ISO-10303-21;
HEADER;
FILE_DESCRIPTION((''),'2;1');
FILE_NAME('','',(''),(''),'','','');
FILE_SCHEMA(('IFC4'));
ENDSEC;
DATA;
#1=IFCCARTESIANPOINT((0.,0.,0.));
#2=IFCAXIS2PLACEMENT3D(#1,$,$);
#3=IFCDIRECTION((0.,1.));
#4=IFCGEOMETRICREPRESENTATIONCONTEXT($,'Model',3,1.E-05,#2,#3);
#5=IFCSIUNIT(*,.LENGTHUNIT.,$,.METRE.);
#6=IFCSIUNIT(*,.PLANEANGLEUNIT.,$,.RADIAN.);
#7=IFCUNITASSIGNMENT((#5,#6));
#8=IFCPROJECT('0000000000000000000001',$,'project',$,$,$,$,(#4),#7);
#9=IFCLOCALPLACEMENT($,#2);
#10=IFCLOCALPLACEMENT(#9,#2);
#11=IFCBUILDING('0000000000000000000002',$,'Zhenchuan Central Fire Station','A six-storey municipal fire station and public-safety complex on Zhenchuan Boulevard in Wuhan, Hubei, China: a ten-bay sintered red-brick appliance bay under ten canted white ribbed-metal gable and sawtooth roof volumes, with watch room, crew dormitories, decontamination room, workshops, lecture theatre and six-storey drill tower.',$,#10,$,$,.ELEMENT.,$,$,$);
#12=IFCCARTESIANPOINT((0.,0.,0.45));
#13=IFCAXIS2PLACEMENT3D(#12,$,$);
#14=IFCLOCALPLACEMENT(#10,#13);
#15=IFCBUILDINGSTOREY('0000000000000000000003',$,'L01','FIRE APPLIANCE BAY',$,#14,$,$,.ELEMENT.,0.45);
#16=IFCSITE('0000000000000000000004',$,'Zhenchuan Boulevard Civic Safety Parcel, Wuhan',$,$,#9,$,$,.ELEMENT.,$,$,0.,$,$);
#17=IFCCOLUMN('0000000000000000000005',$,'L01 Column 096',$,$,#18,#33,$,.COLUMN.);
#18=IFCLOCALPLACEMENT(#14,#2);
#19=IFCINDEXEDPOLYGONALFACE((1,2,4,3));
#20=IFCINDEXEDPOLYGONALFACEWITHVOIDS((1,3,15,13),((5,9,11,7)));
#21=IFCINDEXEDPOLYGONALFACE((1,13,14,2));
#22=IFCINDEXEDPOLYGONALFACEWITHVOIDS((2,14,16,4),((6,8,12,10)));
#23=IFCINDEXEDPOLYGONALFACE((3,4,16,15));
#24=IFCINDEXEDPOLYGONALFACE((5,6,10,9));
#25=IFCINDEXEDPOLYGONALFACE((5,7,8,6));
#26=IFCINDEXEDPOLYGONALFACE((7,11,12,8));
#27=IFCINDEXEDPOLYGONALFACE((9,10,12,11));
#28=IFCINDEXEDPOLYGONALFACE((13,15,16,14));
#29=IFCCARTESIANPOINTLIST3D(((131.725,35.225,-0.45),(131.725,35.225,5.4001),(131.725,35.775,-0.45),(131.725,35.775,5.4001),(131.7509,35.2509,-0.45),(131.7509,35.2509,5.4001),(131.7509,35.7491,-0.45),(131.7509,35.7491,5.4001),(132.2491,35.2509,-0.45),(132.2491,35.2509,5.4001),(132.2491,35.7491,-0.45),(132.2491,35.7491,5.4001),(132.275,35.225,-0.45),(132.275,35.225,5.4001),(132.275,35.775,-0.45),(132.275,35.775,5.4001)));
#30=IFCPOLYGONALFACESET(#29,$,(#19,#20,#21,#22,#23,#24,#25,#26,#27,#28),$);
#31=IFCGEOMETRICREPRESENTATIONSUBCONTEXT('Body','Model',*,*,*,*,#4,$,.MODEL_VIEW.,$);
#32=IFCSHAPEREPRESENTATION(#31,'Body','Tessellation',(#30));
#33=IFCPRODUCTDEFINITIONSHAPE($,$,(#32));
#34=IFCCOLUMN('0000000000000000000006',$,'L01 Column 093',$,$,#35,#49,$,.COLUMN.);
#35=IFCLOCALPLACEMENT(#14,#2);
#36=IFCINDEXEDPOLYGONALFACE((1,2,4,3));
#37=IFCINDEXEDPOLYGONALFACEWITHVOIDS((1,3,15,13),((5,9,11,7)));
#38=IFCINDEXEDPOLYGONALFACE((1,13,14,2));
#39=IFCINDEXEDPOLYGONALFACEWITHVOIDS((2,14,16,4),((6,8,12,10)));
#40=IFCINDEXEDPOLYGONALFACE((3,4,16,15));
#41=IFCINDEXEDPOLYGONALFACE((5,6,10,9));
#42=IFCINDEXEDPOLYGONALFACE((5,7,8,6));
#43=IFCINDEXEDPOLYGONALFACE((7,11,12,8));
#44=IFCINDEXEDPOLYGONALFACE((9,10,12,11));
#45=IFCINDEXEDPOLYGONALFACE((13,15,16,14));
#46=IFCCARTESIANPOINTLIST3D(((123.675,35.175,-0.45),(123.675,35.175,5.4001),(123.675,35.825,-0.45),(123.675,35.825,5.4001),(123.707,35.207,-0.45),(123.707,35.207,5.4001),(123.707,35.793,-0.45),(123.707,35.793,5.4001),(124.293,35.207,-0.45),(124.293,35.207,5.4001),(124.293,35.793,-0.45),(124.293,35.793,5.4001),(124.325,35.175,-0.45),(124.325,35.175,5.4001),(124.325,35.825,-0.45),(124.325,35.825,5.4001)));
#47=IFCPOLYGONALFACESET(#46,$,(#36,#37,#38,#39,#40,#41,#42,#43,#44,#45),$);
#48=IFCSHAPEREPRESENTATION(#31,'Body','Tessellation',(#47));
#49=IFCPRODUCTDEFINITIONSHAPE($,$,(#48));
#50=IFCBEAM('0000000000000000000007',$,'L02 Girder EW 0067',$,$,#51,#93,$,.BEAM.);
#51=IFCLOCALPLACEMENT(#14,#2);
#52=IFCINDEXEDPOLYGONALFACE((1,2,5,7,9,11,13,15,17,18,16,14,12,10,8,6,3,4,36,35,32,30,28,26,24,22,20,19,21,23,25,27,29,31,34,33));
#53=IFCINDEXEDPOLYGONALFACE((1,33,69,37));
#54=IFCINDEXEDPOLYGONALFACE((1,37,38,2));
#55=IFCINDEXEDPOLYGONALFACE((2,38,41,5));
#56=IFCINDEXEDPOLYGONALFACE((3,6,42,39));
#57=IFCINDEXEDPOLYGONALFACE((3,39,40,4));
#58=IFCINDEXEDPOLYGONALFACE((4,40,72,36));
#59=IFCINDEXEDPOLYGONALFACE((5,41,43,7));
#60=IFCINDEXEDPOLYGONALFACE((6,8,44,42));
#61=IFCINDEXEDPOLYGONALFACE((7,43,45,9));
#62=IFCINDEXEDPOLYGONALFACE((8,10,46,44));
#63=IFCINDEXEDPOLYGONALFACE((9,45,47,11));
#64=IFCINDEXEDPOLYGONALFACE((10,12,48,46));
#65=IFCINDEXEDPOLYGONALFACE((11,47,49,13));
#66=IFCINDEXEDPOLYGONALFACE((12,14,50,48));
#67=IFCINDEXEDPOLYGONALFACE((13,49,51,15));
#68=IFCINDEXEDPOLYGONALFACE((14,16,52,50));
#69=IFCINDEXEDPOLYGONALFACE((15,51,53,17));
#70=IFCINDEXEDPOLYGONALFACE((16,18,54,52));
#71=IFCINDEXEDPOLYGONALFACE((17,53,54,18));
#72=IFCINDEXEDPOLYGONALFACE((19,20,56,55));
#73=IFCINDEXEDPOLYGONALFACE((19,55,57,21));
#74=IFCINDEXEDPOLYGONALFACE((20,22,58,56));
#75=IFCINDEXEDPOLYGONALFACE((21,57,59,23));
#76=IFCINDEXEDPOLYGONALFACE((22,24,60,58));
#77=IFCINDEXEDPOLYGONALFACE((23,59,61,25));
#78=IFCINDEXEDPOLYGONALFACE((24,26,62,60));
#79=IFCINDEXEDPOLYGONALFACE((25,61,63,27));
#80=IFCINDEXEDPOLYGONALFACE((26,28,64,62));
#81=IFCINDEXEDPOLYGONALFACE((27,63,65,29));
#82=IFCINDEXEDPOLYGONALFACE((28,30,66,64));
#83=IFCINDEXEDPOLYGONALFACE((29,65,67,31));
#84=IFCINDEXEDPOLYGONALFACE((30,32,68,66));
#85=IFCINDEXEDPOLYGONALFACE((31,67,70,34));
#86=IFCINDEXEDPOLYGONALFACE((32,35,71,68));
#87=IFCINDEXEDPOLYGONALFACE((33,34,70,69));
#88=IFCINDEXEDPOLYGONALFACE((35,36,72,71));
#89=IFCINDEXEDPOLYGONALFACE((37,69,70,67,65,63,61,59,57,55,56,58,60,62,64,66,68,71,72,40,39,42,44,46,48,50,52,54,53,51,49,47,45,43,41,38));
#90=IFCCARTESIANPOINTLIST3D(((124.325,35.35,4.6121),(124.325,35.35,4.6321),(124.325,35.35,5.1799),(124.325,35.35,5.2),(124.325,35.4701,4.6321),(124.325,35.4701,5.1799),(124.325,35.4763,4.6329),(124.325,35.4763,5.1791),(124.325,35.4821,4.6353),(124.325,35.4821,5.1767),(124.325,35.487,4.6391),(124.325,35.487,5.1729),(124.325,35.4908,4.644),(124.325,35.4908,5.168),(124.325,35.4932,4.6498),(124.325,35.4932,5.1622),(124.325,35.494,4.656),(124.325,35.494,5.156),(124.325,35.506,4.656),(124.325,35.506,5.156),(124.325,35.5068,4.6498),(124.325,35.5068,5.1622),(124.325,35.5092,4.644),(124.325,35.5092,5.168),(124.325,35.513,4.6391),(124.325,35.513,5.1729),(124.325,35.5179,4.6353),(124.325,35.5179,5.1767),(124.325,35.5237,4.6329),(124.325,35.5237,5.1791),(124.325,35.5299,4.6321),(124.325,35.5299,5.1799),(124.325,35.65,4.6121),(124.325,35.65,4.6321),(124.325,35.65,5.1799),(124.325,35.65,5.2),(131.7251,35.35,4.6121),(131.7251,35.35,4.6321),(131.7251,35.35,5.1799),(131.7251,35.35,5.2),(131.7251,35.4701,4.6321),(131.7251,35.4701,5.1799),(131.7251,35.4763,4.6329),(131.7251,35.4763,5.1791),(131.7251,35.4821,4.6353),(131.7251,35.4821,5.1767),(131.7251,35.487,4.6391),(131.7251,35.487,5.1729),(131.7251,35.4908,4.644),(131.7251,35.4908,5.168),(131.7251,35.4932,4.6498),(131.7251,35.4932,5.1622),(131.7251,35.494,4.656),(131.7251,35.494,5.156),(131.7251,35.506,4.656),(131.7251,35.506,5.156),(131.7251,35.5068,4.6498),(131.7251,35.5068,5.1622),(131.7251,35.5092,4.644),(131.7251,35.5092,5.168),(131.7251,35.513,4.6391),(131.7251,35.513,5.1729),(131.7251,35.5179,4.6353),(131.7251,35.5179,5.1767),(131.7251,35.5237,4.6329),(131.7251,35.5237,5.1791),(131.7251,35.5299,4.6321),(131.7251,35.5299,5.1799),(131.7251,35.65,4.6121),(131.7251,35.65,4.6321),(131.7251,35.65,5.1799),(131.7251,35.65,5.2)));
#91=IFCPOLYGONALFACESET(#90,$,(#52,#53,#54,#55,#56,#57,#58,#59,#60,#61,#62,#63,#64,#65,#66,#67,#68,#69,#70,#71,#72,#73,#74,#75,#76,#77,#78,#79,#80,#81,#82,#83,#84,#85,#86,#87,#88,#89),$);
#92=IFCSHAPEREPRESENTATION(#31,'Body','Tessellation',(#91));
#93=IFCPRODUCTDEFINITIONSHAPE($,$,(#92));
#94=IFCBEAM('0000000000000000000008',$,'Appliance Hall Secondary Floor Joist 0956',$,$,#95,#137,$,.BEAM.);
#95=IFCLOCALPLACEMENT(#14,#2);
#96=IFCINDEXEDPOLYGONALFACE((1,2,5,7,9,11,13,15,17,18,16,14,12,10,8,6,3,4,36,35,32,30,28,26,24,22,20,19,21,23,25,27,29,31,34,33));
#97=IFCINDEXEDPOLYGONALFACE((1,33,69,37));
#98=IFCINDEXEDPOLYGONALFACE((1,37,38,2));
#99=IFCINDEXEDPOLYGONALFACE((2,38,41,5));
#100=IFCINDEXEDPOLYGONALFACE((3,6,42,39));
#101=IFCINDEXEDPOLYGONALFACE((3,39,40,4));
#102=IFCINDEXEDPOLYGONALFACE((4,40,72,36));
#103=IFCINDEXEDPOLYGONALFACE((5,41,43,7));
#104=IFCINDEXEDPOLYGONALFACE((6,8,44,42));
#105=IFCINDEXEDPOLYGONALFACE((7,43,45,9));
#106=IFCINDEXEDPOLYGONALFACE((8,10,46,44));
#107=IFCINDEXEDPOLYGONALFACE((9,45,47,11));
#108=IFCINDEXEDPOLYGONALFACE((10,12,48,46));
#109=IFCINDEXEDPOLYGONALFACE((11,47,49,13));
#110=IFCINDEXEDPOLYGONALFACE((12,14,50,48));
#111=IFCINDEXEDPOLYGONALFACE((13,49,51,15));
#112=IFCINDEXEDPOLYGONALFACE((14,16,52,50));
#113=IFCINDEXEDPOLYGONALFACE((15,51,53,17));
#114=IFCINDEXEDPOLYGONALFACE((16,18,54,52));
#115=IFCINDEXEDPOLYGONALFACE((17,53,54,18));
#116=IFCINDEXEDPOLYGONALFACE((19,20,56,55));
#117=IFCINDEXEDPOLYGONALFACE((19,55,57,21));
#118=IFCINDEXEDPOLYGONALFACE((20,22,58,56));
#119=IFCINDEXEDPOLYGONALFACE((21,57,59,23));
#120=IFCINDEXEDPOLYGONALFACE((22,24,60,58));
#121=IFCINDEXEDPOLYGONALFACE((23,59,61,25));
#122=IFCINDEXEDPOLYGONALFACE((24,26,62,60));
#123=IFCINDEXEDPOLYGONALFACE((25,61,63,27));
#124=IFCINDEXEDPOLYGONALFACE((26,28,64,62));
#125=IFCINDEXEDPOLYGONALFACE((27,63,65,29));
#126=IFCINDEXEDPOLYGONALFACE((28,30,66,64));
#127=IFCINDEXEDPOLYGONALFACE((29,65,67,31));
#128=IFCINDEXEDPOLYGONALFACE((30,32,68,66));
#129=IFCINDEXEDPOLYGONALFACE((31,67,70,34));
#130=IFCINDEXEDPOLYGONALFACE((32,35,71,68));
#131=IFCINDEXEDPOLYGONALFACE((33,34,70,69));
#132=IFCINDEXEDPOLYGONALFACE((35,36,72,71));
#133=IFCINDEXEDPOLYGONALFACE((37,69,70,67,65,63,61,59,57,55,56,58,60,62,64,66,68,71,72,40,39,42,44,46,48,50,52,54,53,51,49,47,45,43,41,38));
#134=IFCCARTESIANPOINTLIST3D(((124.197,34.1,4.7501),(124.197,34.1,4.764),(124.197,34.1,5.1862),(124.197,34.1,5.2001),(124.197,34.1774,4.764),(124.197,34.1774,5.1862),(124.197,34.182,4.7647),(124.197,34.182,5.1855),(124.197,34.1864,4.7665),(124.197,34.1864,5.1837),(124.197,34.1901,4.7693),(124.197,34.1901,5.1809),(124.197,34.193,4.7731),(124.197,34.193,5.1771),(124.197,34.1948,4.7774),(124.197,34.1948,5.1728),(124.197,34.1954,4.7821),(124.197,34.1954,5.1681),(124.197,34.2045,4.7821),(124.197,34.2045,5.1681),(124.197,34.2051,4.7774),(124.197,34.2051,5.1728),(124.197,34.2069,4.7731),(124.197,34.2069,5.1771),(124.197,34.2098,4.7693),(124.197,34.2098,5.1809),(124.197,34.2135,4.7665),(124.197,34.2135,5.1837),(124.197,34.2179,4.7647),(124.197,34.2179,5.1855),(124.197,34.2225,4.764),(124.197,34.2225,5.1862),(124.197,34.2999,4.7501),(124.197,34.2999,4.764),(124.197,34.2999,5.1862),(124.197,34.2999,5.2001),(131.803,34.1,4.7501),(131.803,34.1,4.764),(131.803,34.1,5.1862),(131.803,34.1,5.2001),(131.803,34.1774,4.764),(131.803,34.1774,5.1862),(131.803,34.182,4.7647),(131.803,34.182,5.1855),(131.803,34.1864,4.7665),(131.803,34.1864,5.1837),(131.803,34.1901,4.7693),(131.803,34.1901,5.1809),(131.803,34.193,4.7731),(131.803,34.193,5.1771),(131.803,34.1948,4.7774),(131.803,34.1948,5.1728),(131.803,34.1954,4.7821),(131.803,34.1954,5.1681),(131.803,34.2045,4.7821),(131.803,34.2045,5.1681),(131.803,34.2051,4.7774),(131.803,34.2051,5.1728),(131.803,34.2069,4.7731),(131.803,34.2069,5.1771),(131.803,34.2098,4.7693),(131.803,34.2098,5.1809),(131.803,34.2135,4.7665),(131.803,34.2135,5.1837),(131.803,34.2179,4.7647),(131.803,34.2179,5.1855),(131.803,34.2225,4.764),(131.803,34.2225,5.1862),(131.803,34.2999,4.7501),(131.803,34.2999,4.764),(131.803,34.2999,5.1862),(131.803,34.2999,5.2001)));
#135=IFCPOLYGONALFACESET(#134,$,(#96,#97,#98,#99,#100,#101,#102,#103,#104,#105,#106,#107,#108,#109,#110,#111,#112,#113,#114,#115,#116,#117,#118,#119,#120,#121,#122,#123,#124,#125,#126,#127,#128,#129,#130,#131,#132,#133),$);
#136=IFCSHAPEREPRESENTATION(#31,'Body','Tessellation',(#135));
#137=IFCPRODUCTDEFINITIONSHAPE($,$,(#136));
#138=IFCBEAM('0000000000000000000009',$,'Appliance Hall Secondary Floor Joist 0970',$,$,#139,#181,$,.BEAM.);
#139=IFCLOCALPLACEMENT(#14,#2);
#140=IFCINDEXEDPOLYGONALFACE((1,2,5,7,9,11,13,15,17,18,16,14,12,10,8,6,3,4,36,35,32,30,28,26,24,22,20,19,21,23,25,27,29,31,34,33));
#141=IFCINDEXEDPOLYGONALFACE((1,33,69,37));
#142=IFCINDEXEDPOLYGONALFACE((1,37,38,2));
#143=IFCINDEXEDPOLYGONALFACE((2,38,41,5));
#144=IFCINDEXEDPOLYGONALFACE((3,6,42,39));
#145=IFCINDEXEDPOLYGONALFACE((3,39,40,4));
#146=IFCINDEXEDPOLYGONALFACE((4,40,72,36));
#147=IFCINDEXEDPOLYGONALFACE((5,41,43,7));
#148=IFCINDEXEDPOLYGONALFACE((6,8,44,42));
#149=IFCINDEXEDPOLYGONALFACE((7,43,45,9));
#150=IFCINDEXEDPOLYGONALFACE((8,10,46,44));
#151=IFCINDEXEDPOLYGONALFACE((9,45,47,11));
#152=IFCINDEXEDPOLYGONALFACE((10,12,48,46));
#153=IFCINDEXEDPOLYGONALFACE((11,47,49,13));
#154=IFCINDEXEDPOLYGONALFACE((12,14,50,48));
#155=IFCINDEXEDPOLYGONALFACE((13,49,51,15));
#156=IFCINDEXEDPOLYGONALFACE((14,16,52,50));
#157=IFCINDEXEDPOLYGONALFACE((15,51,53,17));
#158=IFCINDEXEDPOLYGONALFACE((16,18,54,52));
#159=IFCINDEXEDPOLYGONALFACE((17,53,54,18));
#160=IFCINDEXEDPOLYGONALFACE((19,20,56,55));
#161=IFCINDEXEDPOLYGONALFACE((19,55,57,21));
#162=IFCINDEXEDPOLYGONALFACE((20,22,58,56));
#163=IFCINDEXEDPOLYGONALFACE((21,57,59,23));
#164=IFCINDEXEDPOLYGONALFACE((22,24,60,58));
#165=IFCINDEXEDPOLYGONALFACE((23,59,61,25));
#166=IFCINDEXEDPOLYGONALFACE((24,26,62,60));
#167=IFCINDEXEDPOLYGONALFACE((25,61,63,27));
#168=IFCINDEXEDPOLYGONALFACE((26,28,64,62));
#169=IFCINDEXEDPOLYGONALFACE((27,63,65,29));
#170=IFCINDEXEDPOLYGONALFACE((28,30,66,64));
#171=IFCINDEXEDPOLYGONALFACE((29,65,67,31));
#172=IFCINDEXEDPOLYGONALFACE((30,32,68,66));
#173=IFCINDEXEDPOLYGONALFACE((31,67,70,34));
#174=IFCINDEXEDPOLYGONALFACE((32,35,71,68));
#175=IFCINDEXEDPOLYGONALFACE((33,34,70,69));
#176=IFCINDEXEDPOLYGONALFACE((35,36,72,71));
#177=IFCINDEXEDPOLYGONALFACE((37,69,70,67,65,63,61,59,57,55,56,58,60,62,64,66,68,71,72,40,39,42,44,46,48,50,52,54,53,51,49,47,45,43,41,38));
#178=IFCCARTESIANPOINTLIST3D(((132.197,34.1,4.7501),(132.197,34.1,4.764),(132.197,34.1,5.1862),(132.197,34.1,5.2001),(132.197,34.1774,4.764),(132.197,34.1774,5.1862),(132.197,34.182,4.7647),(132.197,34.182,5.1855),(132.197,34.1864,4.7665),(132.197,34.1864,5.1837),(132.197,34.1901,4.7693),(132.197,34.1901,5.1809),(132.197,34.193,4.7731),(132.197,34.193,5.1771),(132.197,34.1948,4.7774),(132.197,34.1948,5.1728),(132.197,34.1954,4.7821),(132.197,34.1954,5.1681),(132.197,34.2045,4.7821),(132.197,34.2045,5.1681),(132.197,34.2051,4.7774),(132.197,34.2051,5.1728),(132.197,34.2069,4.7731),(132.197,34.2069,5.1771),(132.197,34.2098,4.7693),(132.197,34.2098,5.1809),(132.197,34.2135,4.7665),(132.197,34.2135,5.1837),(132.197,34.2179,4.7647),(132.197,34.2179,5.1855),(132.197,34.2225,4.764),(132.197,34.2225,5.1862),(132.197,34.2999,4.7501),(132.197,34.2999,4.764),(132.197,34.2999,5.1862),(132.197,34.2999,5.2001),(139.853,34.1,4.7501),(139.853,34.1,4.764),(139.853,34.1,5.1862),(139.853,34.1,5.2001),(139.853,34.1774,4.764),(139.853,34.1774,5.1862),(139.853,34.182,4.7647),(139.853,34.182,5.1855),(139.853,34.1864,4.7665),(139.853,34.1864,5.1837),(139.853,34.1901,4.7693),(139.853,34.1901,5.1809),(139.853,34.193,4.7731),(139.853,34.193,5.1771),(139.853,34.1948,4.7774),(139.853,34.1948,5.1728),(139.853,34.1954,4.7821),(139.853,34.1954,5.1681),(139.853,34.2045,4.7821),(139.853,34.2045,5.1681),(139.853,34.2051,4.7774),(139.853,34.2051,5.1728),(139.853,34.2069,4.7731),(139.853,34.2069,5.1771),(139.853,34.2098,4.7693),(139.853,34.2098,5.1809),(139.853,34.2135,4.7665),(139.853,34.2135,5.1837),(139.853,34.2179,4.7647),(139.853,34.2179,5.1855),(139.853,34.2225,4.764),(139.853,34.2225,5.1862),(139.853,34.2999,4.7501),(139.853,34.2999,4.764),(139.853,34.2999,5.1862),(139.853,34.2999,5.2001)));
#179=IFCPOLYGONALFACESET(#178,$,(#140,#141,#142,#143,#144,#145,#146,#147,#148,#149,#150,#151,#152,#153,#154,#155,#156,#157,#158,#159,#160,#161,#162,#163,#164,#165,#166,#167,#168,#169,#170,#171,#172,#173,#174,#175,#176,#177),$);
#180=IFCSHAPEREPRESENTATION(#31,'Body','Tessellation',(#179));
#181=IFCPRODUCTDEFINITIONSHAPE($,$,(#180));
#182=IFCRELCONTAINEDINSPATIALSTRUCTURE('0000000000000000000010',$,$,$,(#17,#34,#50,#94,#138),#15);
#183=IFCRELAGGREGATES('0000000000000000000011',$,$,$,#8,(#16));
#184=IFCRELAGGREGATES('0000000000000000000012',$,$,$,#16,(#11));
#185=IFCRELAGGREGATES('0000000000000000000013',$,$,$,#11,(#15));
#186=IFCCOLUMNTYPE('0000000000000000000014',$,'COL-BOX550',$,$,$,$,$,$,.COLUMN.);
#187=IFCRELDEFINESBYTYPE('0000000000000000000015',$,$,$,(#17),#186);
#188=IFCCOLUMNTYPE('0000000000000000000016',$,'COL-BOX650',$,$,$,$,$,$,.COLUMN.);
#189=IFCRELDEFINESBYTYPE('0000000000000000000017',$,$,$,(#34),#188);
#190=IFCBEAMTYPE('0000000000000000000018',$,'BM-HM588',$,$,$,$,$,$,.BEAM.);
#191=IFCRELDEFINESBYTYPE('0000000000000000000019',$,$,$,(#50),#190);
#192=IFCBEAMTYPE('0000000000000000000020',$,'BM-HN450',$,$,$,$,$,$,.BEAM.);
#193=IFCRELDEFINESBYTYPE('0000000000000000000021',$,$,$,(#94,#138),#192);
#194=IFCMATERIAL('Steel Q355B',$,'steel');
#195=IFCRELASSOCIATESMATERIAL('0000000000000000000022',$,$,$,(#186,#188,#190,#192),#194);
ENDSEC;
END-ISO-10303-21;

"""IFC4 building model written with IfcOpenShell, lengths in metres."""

from ifc_helpers import new_model, si_unit, direction, frame, origin, origin_2d, place, context, subcontext, project, spatial, hollow_rectangle, i_section, extrude, material, material_profile, profile_set, type_object, element, save


model = new_model("IFC4")

# Units and contexts
model_context = context("Model", 3, precision=1e-05, world=origin(), true_north=direction((0.0, 1.0)))
body_context = subcontext(model_context, "Body", "Model", "MODEL_VIEW")
ifc_project = project(units=[si_unit("LENGTHUNIT", "METRE"), si_unit("PLANEANGLEUNIT", "RADIAN")], contexts=[model_context])

# Site, building, storey
site_placement = place(None, origin())
site = spatial("IfcSite", under=ifc_project, at=site_placement, Name="Zhenchuan Boulevard Civic Safety Parcel, Wuhan", CompositionType="ELEMENT", RefElevation=0.0)
building_placement = place(site_placement, origin())
building = spatial("IfcBuilding", under=site, at=building_placement, Name="Zhenchuan Central Fire Station", Description="A six-storey municipal fire station and public-safety complex on Zhenchuan Boulevard in Wuhan, Hubei, China: a ten-bay sintered red-brick appliance bay under ten canted white ribbed-metal gable and sawtooth roof volumes, with watch room, crew dormitories, decontamination room, workshops, lecture theatre and six-storey drill tower.", CompositionType="ELEMENT")
storey_placement = place(building_placement, frame((0.0, 0.0, 0.45)))
storey = spatial("IfcBuildingStorey", under=building, at=storey_placement, Name="L01", Description="FIRE APPLIANCE BAY", CompositionType="ELEMENT", Elevation=0.45)

# Columns
ifc_material_1 = material(Name="Steel Q355B", Category="steel")
ifc_material_profile_1 = material_profile(ifc_material_1, hollow_rectangle(XDim=0.55, YDim=0.55, WallThickness=0.0259, at=origin_2d()), Name="BOX 550x550x26")
ifc_profile_set_1 = profile_set([ifc_material_profile_1], Name="Steel Q355B")
column_type_1 = type_object("IfcColumnType", Name="COL-BOX550", PredefinedType="COLUMN", material=ifc_profile_set_1)
column_1_placement = place(storey_placement, frame((132.0, 35.5, -0.45), z_axis=(0.0, 0.0, 1.0), x_axis=(1.0, 0.0, 0.0)))
element("IfcColumn", 1, at=column_1_placement, inside=storey, type_object=column_type_1, Name="L01 Column 096", PredefinedType="COLUMN", context=body_context, shape_type="SweptSolid", body=[
    extrude(hollow_rectangle(XDim=0.55, YDim=0.55, WallThickness=0.0259, at=origin_2d()), origin(), (0.0, 0.0, 1.0), 5.8501),
])
ifc_material_profile_2 = material_profile(ifc_material_1, hollow_rectangle(XDim=0.6499, YDim=0.6499, WallThickness=0.032, at=origin_2d()), Name="BOX 650x650x32")
ifc_profile_set_2 = profile_set([ifc_material_profile_2], Name="Steel Q355B")
column_type_2 = type_object("IfcColumnType", Name="COL-BOX650", PredefinedType="COLUMN", material=ifc_profile_set_2)
column_2_placement = place(storey_placement, frame((124.0, 35.5, -0.45), z_axis=(0.0, 0.0, 1.0), x_axis=(1.0, 0.0, 0.0)))
element("IfcColumn", 2, at=column_2_placement, inside=storey, type_object=column_type_2, Name="L01 Column 093", PredefinedType="COLUMN", context=body_context, shape_type="SweptSolid", body=[
    extrude(hollow_rectangle(XDim=0.6499, YDim=0.6499, WallThickness=0.032, at=origin_2d()), origin(), (0.0, 0.0, 1.0), 5.8501),
])

# Beams
ifc_material_profile_3 = material_profile(ifc_material_1, i_section(OverallWidth=0.3, OverallDepth=0.5879, WebThickness=0.012, FlangeThickness=0.02, FilletRadius=0.0239, at=origin_2d()), Name="HM 588x300")
ifc_profile_set_3 = profile_set([ifc_material_profile_3], Name="Steel Q355B")
beam_type_1 = type_object("IfcBeamType", Name="BM-HM588", PredefinedType="BEAM", material=ifc_profile_set_3)
beam_1_placement = place(storey_placement, frame((124.325, 35.5, 4.906), z_axis=(1.0, 0.0, 0.0), x_axis=(0.0, 1.0, 0.0)))
element("IfcBeam", 3, at=beam_1_placement, inside=storey, type_object=beam_type_1, Name="L02 Girder EW 0067", PredefinedType="BEAM", context=body_context, shape_type="SweptSolid", body=[
    extrude(i_section(OverallWidth=0.3, OverallDepth=0.5879, WebThickness=0.012, FlangeThickness=0.02, FilletRadius=0.0239, at=origin_2d()), origin(), (0.0, 0.0, 1.0), 7.4001),
])
ifc_material_profile_4 = material_profile(ifc_material_1, i_section(OverallWidth=0.2, OverallDepth=0.45, WebThickness=0.009, FlangeThickness=0.0139, FilletRadius=0.0181, at=origin_2d()), Name="HN 450x200")
ifc_profile_set_4 = profile_set([ifc_material_profile_4], Name="Steel Q355B")
beam_type_2 = type_object("IfcBeamType", Name="BM-HN450", PredefinedType="BEAM", material=ifc_profile_set_4)
beam_2_placement = place(storey_placement, frame((124.197, 34.2, 4.9751), z_axis=(1.0, 0.0, 0.0), x_axis=(0.0, 1.0, 0.0)))
element("IfcBeam", 4, at=beam_2_placement, inside=storey, type_object=beam_type_2, Name="Appliance Hall Secondary Floor Joist 0956", PredefinedType="BEAM", context=body_context, shape_type="SweptSolid", body=[
    extrude(i_section(OverallWidth=0.2, OverallDepth=0.45, WebThickness=0.009, FlangeThickness=0.0139, FilletRadius=0.0181, at=origin_2d()), origin(), (0.0, 0.0, 1.0), 7.606),
])
beam_3_placement = place(storey_placement, frame((132.197, 34.2, 4.9751), z_axis=(1.0, 0.0, 0.0), x_axis=(0.0, 1.0, 0.0)))
element("IfcBeam", 5, at=beam_3_placement, inside=storey, type_object=beam_type_2, Name="Appliance Hall Secondary Floor Joist 0970", PredefinedType="BEAM", context=body_context, shape_type="SweptSolid", body=[
    extrude(i_section(OverallWidth=0.2, OverallDepth=0.45, WebThickness=0.009, FlangeThickness=0.0139, FilletRadius=0.0181, at=origin_2d()), origin(), (0.0, 0.0, 1.0), 7.656),
])

save(model, "model.ifc")
